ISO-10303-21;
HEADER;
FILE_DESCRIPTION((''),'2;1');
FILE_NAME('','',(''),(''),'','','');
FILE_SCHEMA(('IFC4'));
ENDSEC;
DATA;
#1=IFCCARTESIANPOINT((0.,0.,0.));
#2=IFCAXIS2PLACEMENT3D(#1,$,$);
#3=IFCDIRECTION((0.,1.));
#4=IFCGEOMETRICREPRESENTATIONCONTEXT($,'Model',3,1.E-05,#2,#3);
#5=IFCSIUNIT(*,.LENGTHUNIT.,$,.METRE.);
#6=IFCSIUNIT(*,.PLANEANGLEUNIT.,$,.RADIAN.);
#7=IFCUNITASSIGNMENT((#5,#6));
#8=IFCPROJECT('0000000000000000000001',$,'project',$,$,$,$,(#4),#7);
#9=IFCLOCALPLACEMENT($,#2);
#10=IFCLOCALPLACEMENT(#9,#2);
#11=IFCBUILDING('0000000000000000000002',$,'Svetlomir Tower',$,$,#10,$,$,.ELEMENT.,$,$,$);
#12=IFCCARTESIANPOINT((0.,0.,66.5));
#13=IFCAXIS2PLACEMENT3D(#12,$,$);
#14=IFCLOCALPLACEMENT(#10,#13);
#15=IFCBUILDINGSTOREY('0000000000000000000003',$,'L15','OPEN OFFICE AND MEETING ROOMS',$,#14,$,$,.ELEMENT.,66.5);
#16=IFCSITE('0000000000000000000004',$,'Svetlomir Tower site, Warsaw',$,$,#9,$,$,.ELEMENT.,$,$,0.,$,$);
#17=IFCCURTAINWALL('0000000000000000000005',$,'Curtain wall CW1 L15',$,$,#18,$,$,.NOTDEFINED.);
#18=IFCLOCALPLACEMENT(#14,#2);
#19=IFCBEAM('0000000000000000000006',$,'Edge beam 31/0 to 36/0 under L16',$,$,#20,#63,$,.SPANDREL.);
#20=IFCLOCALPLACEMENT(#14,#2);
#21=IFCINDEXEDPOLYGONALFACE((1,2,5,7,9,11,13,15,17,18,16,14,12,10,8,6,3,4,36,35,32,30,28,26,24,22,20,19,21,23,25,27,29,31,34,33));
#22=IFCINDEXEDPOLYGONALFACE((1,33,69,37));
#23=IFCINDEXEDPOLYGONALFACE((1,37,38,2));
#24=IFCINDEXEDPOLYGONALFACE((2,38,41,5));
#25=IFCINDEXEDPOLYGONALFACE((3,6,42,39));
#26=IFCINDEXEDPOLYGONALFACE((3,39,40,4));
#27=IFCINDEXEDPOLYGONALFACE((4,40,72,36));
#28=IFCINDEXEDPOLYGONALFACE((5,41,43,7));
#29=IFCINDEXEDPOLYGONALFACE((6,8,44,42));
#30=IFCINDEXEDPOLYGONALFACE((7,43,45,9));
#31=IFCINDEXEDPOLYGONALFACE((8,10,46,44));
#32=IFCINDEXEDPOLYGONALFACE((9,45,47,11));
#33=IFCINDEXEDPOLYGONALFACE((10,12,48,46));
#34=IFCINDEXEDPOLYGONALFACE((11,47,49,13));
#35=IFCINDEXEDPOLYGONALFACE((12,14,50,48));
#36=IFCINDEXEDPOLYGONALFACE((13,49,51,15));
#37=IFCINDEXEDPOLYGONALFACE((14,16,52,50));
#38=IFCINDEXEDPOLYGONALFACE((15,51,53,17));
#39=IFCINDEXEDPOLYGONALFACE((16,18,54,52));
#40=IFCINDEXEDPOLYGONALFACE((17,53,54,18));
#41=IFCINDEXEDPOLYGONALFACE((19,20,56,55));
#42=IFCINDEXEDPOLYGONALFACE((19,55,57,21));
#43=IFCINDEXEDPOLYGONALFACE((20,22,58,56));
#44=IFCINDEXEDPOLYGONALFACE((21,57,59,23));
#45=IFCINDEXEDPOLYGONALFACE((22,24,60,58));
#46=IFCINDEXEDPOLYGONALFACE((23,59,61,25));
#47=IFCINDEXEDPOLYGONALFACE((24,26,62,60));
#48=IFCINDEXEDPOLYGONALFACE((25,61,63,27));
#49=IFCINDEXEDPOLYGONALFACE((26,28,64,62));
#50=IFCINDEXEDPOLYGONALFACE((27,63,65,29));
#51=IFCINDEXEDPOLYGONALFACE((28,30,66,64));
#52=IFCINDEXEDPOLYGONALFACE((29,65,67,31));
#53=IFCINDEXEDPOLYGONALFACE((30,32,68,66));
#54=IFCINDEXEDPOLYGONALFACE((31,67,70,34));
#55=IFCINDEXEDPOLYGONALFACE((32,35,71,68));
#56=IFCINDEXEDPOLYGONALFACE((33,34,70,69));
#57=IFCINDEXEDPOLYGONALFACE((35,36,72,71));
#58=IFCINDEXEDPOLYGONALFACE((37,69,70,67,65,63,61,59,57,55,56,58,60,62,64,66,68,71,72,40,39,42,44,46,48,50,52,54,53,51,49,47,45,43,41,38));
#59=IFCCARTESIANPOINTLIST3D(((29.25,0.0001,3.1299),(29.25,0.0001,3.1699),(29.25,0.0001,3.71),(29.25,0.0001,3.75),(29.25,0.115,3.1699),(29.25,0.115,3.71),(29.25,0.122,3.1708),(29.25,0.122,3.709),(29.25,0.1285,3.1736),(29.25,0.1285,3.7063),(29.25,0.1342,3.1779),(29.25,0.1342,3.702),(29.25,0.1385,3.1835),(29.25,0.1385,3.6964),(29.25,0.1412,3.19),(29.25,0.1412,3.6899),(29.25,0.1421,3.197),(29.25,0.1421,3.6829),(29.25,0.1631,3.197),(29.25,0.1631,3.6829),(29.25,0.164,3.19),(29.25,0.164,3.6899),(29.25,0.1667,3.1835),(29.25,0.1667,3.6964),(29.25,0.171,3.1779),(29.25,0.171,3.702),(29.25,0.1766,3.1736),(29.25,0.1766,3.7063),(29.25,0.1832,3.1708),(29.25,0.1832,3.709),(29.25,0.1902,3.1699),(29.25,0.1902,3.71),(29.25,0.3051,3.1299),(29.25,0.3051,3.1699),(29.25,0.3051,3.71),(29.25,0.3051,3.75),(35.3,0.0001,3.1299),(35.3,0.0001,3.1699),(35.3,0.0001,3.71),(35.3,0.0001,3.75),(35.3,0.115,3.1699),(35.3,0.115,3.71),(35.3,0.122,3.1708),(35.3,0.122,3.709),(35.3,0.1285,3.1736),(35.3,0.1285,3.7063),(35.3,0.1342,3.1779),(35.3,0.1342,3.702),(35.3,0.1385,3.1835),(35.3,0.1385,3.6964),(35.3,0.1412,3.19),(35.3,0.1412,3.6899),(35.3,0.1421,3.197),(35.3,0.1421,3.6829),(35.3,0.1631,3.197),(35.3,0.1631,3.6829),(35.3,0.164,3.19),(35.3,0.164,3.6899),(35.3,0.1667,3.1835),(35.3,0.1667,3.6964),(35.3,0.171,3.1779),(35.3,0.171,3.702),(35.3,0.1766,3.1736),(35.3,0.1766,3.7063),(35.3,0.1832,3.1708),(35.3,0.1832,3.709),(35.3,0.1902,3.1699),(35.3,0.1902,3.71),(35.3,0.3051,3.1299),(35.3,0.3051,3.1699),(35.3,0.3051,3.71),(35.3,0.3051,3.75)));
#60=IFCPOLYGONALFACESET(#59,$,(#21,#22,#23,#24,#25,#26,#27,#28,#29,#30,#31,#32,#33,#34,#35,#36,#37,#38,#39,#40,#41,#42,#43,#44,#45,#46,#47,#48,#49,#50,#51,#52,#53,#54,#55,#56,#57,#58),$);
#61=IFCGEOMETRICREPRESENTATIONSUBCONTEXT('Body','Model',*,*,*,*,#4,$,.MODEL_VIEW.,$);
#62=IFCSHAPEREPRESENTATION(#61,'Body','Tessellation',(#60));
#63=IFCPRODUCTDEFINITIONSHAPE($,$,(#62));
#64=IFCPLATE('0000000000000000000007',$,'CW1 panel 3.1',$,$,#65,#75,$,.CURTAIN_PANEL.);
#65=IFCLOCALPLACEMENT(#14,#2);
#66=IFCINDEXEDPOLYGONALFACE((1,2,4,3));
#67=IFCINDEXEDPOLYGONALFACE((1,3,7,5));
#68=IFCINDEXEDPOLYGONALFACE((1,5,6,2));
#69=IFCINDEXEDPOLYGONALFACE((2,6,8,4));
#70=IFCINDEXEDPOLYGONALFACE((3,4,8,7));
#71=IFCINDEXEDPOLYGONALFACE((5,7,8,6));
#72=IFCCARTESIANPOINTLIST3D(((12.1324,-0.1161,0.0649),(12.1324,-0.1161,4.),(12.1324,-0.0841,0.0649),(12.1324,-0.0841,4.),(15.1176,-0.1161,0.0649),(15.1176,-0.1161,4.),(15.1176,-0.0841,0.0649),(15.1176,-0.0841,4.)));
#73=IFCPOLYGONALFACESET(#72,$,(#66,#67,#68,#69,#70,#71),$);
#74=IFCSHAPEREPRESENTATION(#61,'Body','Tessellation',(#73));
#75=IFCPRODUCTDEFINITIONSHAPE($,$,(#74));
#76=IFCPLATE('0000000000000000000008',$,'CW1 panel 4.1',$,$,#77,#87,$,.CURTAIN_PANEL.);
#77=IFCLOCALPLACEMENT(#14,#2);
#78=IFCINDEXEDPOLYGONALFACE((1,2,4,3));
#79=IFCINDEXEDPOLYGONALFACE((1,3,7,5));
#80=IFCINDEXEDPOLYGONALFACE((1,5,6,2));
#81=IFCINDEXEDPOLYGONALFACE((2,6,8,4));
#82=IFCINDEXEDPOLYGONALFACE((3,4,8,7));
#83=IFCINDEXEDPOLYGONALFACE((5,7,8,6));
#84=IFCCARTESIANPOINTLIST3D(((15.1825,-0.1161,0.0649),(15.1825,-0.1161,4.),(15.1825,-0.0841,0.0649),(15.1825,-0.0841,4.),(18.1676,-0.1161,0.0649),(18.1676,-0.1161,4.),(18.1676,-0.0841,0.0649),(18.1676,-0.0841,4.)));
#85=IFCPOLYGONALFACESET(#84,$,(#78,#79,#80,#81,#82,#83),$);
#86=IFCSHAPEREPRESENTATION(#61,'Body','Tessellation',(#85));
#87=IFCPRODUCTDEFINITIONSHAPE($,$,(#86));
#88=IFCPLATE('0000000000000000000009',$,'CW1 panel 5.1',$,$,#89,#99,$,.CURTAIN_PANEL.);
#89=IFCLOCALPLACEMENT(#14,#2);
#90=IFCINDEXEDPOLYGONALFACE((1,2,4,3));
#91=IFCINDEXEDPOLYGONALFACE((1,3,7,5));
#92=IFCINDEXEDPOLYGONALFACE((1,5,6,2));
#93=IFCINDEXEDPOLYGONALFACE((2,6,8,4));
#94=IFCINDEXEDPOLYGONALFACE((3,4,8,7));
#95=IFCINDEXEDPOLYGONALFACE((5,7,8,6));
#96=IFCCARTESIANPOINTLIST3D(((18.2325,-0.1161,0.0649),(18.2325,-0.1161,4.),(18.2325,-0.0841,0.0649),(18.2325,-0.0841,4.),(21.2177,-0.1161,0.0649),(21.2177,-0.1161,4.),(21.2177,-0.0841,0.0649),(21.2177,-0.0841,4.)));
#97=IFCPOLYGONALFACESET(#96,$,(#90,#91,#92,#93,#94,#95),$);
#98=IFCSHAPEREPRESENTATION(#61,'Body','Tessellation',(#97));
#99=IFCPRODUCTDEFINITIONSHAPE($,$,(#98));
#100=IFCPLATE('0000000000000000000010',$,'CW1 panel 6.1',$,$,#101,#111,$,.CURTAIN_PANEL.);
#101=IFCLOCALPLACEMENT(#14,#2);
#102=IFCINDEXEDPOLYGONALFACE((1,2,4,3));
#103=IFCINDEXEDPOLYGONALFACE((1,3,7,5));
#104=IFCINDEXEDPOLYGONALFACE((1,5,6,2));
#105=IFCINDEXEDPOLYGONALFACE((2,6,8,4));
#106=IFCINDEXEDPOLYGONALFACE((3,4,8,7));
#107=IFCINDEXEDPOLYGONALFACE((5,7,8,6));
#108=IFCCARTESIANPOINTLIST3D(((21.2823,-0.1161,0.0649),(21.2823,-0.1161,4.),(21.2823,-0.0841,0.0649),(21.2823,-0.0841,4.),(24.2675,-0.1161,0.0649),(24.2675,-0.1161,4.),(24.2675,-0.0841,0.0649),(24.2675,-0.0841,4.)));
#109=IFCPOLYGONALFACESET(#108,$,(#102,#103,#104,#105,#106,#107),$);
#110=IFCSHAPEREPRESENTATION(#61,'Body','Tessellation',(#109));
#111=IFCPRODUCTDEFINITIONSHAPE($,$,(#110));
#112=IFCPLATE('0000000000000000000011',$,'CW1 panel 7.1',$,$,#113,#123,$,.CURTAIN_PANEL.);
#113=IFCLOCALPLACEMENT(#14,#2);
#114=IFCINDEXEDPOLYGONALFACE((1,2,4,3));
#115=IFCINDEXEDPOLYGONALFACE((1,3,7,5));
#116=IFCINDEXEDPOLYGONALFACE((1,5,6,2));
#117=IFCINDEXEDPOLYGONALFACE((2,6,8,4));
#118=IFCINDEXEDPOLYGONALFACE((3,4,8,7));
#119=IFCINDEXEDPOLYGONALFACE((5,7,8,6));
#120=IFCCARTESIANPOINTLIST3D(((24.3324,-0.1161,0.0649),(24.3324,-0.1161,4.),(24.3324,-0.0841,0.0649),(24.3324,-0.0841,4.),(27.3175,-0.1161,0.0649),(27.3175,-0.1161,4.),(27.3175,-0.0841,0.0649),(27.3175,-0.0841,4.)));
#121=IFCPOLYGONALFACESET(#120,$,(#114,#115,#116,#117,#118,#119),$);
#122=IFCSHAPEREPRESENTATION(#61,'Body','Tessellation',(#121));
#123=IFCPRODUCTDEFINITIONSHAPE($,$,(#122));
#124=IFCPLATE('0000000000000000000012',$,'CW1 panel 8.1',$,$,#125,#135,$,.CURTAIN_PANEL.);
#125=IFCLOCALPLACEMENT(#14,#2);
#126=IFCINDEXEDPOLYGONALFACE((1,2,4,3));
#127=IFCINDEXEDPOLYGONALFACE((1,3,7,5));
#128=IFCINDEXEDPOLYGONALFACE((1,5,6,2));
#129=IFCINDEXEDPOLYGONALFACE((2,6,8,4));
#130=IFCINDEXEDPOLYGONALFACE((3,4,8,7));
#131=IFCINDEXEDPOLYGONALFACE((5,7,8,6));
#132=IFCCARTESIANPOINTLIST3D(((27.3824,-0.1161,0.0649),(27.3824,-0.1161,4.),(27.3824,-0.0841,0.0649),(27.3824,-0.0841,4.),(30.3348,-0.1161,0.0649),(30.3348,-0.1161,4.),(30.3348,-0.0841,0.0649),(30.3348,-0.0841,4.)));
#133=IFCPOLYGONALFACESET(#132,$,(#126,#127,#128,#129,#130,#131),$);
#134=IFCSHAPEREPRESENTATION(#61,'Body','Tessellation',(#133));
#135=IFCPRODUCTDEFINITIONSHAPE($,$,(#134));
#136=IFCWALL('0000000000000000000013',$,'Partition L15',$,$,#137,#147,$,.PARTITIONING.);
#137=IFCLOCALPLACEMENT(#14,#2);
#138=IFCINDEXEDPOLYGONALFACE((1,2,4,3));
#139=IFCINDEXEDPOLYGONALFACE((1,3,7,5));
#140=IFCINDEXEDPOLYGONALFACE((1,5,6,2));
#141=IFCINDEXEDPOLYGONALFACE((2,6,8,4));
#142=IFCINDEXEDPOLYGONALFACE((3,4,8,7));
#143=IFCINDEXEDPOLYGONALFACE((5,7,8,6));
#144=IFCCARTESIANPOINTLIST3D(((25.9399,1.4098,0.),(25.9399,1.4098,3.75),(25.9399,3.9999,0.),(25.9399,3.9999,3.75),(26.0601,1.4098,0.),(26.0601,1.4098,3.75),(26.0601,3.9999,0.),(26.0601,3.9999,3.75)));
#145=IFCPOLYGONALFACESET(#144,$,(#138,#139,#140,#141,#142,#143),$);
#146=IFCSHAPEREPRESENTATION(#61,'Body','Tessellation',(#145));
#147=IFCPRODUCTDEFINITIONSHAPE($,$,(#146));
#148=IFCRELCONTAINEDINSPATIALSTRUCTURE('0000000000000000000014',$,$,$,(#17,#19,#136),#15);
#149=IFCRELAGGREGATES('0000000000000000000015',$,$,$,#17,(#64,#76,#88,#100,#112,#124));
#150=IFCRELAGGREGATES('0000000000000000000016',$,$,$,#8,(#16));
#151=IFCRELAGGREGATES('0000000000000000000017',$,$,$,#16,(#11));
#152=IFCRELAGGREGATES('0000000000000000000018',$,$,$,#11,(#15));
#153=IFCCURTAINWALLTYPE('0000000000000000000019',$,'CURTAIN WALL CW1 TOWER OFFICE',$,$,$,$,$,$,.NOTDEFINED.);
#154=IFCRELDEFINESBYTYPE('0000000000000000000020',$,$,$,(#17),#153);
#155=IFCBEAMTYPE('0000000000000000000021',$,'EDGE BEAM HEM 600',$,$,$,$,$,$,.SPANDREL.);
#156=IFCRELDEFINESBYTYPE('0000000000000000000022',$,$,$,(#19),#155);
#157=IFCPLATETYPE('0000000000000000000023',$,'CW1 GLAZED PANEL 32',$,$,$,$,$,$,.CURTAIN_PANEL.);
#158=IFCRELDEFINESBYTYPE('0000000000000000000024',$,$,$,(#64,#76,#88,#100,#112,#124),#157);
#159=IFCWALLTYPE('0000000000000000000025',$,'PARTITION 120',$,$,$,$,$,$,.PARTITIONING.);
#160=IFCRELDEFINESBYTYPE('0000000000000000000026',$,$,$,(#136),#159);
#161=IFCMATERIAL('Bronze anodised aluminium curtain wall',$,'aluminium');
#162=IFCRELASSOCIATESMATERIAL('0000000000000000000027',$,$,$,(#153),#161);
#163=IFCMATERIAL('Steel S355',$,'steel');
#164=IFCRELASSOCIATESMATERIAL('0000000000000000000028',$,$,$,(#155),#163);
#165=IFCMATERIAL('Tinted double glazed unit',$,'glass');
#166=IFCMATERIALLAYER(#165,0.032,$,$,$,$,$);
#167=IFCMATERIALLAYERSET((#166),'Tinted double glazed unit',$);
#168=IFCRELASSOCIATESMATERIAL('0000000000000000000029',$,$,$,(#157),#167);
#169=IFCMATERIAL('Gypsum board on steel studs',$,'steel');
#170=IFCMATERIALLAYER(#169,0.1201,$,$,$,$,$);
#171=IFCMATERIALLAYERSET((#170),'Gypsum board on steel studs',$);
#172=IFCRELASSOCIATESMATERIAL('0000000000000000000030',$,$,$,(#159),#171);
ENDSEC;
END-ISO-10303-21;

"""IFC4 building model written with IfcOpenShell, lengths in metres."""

from ifc_helpers import new_model, si_unit, direction, frame, frame_2d, origin, origin_2d, place, context, subcontext, project, spatial, rectangle, i_section, extrude, material, layer, layer_set, material_profile, profile_set, type_object, element, aggregate, save


model = new_model("IFC4")

# Units and contexts
model_context = context("Model", 3, precision=1e-05, world=origin(), true_north=direction((0.0, 1.0)))
body_context = subcontext(model_context, "Body", "Model", "MODEL_VIEW")
ifc_project = project(units=[si_unit("LENGTHUNIT", "METRE"), si_unit("PLANEANGLEUNIT", "RADIAN")], contexts=[model_context])

# Site, building, storey
site_placement = place(None, origin())
site = spatial("IfcSite", under=ifc_project, at=site_placement, Name="Svetlomir Tower site, Warsaw", CompositionType="ELEMENT", RefElevation=0.0)
building_placement = place(site_placement, origin())
building = spatial("IfcBuilding", under=site, at=building_placement, Name="Svetlomir Tower", CompositionType="ELEMENT")
storey_placement = place(building_placement, frame((0.0, 0.0, 66.5)))
storey = spatial("IfcBuildingStorey", under=building, at=storey_placement, Name="L15", Description="OPEN OFFICE AND MEETING ROOMS", CompositionType="ELEMENT", Elevation=66.5)

# Curtain wall
ifc_material_1 = material(Name="Bronze anodised aluminium curtain wall", Category="aluminium")
curtain_wall_type = type_object("IfcCurtainWallType", Name="CURTAIN WALL CW1 TOWER OFFICE", PredefinedType="NOTDEFINED", material=ifc_material_1)
curtain_wall_placement = place(storey_placement, origin())
curtain_wall = element("IfcCurtainWall", 1, at=curtain_wall_placement, inside=storey, type_object=curtain_wall_type, Name="Curtain wall CW1 L15", PredefinedType="NOTDEFINED")

# Beam
ifc_material_2 = material(Name="Steel S355", Category="steel")
ifc_material_profile_1 = material_profile(ifc_material_2, i_section(OverallWidth=0.3049, OverallDepth=0.6201, WebThickness=0.021, FlangeThickness=0.04, FilletRadius=0.0271, at=origin_2d()), Name="HEM 600")
ifc_profile_set_1 = profile_set([ifc_material_profile_1], Name="Steel S355")
beam_type_1 = type_object("IfcBeamType", Name="EDGE BEAM HEM 600", PredefinedType="SPANDREL", material=ifc_profile_set_1)
beam_1_placement = place(storey_placement, frame((29.25, 0.1526, 3.4399), z_axis=(1.0, 0.0, 0.0), x_axis=(0.0, 1.0, 0.0)))
element("IfcBeam", 2, at=beam_1_placement, inside=storey, type_object=beam_type_1, Name="Edge beam 31/0 to 36/0 under L16", PredefinedType="SPANDREL", context=body_context, shape_type="SweptSolid", body=[
    extrude(i_section(OverallWidth=0.3049, OverallDepth=0.6201, WebThickness=0.021, FlangeThickness=0.04, FilletRadius=0.0271, at=origin_2d()), origin(), (0.0, 0.0, 1.0), 6.05),
])

# Plates
ifc_material_3 = material(Name="Tinted double glazed unit", Category="glass")
ifc_layer_1 = layer(ifc_material_3, 0.032)
ifc_layer_set_1 = layer_set([ifc_layer_1], Name="Tinted double glazed unit")
plate_type = type_object("IfcPlateType", Name="CW1 GLAZED PANEL 32", PredefinedType="CURTAIN_PANEL", material=ifc_layer_set_1)
plate_1_placement = place(storey_placement, frame((13.625, -0.1001, 0.0649), z_axis=(0.0, 0.0, 1.0), x_axis=(1.0, 0.0, 0.0)))
plate_1 = element("IfcPlate", 3, at=plate_1_placement, type_object=plate_type, Name="CW1 panel 3.1", PredefinedType="CURTAIN_PANEL", context=body_context, shape_type="SweptSolid", body=[
    extrude(rectangle(XDim=2.9851, YDim=0.032, at=origin_2d()), origin(), (0.0, 0.0, 1.0), 3.9351),
])
plate_2_placement = place(storey_placement, frame((16.675, -0.1001, 0.0649), z_axis=(0.0, 0.0, 1.0), x_axis=(1.0, 0.0, 0.0)))
plate_2 = element("IfcPlate", 4, at=plate_2_placement, type_object=plate_type, Name="CW1 panel 4.1", PredefinedType="CURTAIN_PANEL", context=body_context, shape_type="SweptSolid", body=[
    extrude(rectangle(XDim=2.9851, YDim=0.032, at=origin_2d()), origin(), (0.0, 0.0, 1.0), 3.9351),
])
plate_3_placement = place(storey_placement, frame((19.7251, -0.1001, 0.0649), z_axis=(0.0, 0.0, 1.0), x_axis=(1.0, 0.0, 0.0)))
plate_3 = element("IfcPlate", 5, at=plate_3_placement, type_object=plate_type, Name="CW1 panel 5.1", PredefinedType="CURTAIN_PANEL", context=body_context, shape_type="SweptSolid", body=[
    extrude(rectangle(XDim=2.9851, YDim=0.032, at=origin_2d()), origin(), (0.0, 0.0, 1.0), 3.9351),
])
plate_4_placement = place(storey_placement, frame((22.7749, -0.1001, 0.0649), z_axis=(0.0, 0.0, 1.0), x_axis=(1.0, 0.0, 0.0)))
plate_4 = element("IfcPlate", 6, at=plate_4_placement, type_object=plate_type, Name="CW1 panel 6.1", PredefinedType="CURTAIN_PANEL", context=body_context, shape_type="SweptSolid", body=[
    extrude(rectangle(XDim=2.9851, YDim=0.032, at=origin_2d()), origin(), (0.0, 0.0, 1.0), 3.9351),
])
plate_5_placement = place(storey_placement, frame((25.825, -0.1001, 0.0649), z_axis=(0.0, 0.0, 1.0), x_axis=(1.0, 0.0, 0.0)))
plate_5 = element("IfcPlate", 7, at=plate_5_placement, type_object=plate_type, Name="CW1 panel 7.1", PredefinedType="CURTAIN_PANEL", context=body_context, shape_type="SweptSolid", body=[
    extrude(rectangle(XDim=2.9851, YDim=0.032, at=origin_2d()), origin(), (0.0, 0.0, 1.0), 3.9351),
])
plate_6_placement = place(storey_placement, frame((28.8586, -0.1001, 0.0649), z_axis=(0.0, 0.0, 1.0), x_axis=(1.0, 0.0, 0.0)))
plate_6 = element("IfcPlate", 8, at=plate_6_placement, type_object=plate_type, Name="CW1 panel 8.1", PredefinedType="CURTAIN_PANEL", context=body_context, shape_type="SweptSolid", body=[
    extrude(rectangle(XDim=2.9524, YDim=0.032, at=origin_2d()), origin(), (0.0, 0.0, 1.0), 3.9351),
])
aggregate(curtain_wall, [plate_1, plate_2, plate_3, plate_4, plate_5, plate_6])

# Wall
ifc_material_4 = material(Name="Gypsum board on steel studs", Category="steel")
ifc_layer_2 = layer(ifc_material_4, 0.1201)
ifc_layer_set_2 = layer_set([ifc_layer_2], Name="Gypsum board on steel studs")
wall_type_1 = type_object("IfcWallType", Name="PARTITION 120", PredefinedType="PARTITIONING", material=ifc_layer_set_2)
wall_1_placement = place(storey_placement, frame((26.0, 1.4099, 0.0), z_axis=(0.0, 0.0, 1.0), x_axis=(0.0, 1.0, 0.0)))
element("IfcWall", 9, at=wall_1_placement, inside=storey, type_object=wall_type_1, Name="Partition L15", PredefinedType="PARTITIONING", context=body_context, shape_type="SweptSolid", body=[
    extrude(rectangle(XDim=2.5901, YDim=0.1201, at=frame_2d((1.2949, 0.0))), origin(), (0.0, 0.0, 1.0), 3.75),
])

save(model, "model.ifc")
